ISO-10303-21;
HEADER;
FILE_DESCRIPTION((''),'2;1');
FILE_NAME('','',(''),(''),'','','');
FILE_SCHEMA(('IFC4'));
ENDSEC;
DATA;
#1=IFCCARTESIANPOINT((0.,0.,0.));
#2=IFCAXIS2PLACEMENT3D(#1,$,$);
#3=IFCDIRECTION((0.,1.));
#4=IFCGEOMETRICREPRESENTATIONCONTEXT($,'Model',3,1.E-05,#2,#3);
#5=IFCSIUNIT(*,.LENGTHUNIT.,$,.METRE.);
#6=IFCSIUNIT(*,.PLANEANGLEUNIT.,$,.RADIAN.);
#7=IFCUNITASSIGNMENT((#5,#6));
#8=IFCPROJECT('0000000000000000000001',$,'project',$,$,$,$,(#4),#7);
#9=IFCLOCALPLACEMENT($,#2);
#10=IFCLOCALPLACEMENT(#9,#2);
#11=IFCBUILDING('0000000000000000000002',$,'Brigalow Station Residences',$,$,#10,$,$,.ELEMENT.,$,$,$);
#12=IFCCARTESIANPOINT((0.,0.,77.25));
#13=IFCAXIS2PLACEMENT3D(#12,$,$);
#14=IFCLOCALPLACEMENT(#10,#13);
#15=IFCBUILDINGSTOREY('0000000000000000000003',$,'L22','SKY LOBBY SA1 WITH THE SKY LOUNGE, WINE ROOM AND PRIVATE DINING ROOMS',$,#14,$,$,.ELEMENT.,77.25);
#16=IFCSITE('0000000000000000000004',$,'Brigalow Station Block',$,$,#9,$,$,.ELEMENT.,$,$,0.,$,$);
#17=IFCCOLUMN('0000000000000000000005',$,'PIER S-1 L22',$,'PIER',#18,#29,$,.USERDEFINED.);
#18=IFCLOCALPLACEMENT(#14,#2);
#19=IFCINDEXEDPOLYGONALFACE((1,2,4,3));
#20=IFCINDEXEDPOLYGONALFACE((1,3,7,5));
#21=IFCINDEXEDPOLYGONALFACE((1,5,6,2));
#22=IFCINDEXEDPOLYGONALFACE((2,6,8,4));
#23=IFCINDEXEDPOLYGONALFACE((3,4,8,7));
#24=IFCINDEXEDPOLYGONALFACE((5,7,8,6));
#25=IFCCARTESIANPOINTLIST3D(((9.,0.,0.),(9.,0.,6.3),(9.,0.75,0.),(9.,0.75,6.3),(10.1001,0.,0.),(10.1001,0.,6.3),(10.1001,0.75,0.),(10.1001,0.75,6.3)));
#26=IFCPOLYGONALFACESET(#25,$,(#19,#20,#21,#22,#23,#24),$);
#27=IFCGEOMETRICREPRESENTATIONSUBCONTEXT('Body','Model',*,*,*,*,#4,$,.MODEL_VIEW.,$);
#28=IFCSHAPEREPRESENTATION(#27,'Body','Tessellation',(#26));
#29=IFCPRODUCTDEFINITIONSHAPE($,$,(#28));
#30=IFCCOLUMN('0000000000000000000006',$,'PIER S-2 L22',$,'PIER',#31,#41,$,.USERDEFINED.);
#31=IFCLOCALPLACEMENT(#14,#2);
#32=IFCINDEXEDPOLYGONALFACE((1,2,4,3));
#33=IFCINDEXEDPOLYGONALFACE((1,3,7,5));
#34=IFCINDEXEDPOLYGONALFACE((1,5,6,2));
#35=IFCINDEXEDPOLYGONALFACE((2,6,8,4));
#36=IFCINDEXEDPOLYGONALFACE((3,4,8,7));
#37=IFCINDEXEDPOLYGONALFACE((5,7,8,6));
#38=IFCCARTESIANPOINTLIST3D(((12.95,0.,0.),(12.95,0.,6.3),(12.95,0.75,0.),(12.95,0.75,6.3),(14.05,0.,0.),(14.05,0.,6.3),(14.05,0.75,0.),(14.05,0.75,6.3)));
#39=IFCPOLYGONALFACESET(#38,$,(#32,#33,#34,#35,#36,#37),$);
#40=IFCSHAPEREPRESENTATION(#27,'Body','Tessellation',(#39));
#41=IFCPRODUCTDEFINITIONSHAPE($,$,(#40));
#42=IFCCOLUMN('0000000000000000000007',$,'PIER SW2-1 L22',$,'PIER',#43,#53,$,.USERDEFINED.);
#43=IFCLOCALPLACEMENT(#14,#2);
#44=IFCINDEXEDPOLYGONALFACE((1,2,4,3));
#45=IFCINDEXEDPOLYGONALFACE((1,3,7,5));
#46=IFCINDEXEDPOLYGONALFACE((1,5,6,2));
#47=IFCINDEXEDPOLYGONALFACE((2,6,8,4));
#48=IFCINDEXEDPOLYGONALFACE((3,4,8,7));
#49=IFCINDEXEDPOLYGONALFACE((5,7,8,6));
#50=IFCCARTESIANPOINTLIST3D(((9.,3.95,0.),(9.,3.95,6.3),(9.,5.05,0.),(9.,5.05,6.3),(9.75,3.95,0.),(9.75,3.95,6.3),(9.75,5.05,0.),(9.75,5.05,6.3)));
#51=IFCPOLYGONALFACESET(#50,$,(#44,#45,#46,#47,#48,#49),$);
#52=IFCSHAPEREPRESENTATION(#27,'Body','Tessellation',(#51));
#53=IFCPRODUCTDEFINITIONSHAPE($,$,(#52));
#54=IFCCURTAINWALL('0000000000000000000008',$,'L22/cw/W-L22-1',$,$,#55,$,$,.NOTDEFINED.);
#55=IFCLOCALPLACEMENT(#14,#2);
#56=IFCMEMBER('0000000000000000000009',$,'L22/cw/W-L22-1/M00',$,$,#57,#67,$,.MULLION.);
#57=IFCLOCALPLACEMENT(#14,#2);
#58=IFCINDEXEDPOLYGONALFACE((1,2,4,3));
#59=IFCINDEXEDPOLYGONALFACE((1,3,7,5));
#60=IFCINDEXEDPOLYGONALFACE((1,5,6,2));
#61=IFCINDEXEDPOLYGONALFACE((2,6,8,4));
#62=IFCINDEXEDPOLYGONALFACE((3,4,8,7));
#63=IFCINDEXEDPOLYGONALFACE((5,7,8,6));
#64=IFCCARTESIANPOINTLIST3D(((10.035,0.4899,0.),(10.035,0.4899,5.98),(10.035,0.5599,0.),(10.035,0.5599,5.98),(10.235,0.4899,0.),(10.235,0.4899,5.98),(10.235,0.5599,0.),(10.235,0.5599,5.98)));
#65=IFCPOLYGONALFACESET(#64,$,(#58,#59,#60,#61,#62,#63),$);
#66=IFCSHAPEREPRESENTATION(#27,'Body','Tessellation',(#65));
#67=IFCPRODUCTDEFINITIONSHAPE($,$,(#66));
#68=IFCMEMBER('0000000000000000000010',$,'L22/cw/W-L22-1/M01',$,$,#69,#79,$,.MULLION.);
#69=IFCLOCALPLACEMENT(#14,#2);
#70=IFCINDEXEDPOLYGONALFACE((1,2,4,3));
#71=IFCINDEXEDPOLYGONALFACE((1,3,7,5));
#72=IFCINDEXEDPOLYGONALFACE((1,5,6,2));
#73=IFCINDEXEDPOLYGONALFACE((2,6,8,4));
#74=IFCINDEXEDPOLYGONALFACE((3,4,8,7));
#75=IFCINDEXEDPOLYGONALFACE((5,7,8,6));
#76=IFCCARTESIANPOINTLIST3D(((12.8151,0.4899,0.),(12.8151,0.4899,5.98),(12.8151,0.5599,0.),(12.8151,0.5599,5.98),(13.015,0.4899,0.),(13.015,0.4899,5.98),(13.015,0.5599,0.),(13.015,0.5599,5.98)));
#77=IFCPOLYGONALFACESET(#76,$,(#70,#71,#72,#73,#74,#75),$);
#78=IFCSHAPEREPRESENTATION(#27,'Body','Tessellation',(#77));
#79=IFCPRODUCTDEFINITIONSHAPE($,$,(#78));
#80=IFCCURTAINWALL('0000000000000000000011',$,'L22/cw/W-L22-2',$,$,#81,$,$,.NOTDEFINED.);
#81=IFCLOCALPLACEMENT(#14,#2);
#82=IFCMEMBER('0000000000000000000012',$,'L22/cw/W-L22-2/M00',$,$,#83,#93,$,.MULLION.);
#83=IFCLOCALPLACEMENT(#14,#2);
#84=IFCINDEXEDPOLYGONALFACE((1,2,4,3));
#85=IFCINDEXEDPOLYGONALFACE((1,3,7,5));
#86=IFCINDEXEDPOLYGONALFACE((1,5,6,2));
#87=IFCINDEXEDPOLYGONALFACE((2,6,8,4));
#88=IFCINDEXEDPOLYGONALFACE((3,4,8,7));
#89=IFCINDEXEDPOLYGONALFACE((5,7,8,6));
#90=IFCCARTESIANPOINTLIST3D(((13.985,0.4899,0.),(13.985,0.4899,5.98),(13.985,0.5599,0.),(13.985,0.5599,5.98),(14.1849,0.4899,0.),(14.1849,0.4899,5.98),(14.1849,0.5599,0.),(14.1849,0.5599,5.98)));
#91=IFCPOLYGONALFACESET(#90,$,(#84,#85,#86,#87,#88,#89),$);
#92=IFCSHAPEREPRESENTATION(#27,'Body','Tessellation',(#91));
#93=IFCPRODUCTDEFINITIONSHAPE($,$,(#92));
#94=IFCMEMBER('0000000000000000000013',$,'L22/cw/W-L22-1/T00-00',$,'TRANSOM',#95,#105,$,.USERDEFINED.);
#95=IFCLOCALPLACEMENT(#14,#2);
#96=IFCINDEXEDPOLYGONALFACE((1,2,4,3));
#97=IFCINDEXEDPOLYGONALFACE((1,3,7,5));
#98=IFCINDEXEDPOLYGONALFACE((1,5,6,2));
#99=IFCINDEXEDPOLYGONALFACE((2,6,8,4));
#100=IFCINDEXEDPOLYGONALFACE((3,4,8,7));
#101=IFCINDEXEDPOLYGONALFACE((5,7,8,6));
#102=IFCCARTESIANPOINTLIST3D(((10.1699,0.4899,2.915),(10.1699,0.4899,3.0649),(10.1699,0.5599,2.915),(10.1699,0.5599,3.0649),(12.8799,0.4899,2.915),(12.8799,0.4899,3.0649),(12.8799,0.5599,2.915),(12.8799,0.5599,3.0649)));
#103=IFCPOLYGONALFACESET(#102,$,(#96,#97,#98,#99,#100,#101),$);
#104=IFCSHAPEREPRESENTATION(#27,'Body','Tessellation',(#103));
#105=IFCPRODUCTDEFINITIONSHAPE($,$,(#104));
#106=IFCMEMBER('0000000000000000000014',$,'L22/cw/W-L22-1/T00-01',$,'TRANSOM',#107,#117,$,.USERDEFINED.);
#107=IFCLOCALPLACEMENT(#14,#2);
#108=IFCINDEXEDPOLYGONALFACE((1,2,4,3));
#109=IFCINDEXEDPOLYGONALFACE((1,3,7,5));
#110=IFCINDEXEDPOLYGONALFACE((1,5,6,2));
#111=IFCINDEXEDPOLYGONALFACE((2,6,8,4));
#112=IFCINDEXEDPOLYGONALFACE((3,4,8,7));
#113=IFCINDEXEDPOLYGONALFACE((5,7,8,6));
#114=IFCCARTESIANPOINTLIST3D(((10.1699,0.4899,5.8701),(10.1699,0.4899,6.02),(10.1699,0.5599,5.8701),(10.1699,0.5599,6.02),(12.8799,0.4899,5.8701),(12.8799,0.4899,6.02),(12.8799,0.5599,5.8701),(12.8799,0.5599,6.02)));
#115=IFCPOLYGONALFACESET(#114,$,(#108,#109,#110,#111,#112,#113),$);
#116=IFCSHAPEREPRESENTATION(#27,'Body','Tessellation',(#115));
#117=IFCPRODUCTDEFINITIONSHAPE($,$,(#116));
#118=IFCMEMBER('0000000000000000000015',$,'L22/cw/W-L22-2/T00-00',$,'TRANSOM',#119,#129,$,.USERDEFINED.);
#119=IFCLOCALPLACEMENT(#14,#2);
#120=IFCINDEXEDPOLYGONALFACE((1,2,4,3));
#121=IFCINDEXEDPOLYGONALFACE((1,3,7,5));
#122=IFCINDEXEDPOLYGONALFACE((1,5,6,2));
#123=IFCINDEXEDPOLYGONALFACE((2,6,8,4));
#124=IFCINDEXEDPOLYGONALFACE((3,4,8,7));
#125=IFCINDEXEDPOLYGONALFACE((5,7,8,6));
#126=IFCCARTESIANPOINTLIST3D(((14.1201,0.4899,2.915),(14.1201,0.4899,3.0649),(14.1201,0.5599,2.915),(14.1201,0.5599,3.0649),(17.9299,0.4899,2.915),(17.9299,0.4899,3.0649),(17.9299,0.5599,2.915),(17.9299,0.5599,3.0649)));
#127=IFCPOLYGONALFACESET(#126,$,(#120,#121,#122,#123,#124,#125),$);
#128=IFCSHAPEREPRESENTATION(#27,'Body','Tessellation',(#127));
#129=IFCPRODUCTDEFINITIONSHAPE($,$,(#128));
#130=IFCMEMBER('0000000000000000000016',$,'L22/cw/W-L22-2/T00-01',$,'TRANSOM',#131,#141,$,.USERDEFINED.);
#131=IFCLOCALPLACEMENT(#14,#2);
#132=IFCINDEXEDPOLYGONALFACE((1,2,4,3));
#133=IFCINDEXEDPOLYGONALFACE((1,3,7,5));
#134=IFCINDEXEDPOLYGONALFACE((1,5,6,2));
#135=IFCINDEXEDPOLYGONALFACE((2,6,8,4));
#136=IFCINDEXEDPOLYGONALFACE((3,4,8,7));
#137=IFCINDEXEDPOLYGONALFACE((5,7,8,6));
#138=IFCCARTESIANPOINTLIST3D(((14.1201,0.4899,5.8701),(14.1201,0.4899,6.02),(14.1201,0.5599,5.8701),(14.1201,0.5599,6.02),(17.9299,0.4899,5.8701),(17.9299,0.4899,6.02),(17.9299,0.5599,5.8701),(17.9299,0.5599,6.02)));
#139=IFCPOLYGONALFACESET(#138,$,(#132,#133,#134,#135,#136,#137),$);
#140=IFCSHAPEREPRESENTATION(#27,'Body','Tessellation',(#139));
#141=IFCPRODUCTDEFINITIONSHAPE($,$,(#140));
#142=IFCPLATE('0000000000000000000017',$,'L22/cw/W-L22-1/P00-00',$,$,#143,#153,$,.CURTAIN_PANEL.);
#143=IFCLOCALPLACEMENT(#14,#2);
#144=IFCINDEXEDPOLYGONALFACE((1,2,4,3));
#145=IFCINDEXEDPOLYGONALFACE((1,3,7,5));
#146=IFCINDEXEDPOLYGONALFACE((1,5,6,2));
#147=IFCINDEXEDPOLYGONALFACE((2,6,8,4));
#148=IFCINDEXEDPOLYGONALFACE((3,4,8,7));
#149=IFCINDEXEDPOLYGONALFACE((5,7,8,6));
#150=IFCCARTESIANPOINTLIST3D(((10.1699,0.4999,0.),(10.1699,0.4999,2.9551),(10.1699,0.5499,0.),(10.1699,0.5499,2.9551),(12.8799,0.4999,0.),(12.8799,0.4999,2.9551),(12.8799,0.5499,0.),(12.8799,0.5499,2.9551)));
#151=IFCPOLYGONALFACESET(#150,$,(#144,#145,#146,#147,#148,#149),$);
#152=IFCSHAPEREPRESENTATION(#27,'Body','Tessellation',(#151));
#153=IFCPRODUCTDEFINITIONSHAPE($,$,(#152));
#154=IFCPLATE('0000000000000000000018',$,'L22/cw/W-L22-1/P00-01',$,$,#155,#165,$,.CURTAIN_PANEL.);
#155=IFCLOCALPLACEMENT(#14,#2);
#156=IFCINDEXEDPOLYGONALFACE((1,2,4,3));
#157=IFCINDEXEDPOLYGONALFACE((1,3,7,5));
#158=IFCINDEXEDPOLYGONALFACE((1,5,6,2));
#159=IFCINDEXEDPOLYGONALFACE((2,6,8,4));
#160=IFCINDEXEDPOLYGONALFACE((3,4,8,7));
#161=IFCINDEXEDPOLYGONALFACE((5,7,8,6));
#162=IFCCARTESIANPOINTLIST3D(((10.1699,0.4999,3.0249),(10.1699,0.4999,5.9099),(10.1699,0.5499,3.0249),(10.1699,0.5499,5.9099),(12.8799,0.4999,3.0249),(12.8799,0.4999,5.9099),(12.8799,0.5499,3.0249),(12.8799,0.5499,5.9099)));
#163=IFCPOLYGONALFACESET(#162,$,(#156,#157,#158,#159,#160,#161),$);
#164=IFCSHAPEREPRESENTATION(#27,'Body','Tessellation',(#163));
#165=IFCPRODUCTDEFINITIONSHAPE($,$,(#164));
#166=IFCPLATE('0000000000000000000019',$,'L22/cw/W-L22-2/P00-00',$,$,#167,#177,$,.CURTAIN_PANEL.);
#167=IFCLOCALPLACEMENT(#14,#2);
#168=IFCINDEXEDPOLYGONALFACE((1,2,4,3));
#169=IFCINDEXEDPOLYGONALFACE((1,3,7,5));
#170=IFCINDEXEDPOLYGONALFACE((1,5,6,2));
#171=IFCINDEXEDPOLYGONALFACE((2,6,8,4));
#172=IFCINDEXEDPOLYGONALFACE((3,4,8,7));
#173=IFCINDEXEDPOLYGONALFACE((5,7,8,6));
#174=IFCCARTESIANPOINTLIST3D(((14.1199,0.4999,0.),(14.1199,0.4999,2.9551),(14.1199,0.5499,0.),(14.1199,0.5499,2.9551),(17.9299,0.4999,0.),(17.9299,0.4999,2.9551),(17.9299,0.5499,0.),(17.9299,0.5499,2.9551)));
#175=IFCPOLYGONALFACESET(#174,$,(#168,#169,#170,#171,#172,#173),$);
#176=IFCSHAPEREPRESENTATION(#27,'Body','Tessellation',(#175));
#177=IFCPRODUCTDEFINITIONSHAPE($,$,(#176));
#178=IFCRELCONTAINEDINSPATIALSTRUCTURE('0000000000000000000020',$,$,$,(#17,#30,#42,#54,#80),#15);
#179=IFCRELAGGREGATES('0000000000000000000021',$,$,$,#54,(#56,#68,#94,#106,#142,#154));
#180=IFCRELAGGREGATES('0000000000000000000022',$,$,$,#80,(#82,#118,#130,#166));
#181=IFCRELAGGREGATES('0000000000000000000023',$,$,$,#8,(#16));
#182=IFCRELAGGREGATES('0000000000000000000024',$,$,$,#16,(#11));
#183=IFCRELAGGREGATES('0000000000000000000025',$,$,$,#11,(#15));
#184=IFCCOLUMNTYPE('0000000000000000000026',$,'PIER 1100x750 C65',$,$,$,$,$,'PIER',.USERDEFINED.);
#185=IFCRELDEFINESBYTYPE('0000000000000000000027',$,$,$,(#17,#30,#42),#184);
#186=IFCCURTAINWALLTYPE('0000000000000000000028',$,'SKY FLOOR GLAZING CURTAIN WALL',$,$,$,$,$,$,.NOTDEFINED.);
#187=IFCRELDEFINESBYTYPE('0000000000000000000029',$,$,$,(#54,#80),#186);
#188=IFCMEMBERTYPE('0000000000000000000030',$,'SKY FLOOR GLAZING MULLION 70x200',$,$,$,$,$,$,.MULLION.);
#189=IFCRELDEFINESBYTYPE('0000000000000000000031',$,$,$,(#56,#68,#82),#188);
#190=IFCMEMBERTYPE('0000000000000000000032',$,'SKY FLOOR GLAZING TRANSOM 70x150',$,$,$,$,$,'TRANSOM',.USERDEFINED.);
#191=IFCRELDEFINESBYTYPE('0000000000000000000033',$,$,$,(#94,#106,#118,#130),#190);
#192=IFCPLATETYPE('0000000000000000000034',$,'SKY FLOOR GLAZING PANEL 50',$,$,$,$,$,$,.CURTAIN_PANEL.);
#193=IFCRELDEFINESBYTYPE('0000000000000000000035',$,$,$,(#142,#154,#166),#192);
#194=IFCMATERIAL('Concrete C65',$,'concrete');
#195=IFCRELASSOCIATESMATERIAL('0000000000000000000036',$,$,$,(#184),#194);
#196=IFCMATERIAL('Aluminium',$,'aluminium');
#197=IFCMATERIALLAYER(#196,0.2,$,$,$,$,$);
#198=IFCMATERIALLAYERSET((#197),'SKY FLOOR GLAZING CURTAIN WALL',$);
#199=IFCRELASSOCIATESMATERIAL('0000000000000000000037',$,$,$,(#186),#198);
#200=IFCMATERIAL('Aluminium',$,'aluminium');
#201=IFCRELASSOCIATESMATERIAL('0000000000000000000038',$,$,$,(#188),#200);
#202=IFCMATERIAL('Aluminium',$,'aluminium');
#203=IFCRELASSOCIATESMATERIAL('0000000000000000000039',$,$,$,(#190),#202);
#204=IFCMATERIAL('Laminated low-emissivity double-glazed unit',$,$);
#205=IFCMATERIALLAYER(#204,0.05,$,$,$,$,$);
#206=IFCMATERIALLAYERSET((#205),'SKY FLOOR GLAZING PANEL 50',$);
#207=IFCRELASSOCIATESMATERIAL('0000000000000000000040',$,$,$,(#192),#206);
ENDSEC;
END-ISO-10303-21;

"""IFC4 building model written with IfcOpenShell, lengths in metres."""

from ifc_helpers import new_model, si_unit, direction, frame, origin, origin_2d, place, context, subcontext, project, spatial, rectangle, extrude, material, layer, layer_set, material_profile, profile_set, type_object, element, aggregate, save


model = new_model("IFC4")

# Units and contexts
model_context = context("Model", 3, precision=1e-05, world=origin(), true_north=direction((0.0, 1.0)))
body_context = subcontext(model_context, "Body", "Model", "MODEL_VIEW")
ifc_project = project(units=[si_unit("LENGTHUNIT", "METRE"), si_unit("PLANEANGLEUNIT", "RADIAN")], contexts=[model_context])

# Site, building, storey
site_placement = place(None, origin())
site = spatial("IfcSite", under=ifc_project, at=site_placement, Name="Brigalow Station Block", CompositionType="ELEMENT", RefElevation=0.0)
building_placement = place(site_placement, origin())
building = spatial("IfcBuilding", under=site, at=building_placement, Name="Brigalow Station Residences", CompositionType="ELEMENT")
storey_placement = place(building_placement, frame((0.0, 0.0, 77.25)))
storey = spatial("IfcBuildingStorey", under=building, at=storey_placement, Name="L22", Description="SKY LOBBY SA1 WITH THE SKY LOUNGE, WINE ROOM AND PRIVATE DINING ROOMS", CompositionType="ELEMENT", Elevation=77.25)

# Columns
ifc_material_1 = material(Name="Concrete C65", Category="concrete")
ifc_material_profile_1 = material_profile(ifc_material_1, rectangle(XDim=1.1001, YDim=0.75, at=origin_2d()), Name="RC1100x750")
ifc_profile_set_1 = profile_set([ifc_material_profile_1], Name="Concrete C65")
column_type = type_object("IfcColumnType", Name="PIER 1100x750 C65", ElementType="PIER", PredefinedType="USERDEFINED", material=ifc_profile_set_1)
for number, where, z_axis, x_axis, name in (
    (1, (9.55, 0.375, 0.0), (0.0, 0.0, 1.0), (1.0, 0.0, 0.0), "PIER S-1 L22"),
    (2, (13.5, 0.375, 0.0), (0.0, 0.0, 1.0), (1.0, 0.0, 0.0), "PIER S-2 L22"),
    (3, (9.375, 4.5, 0.0), (0.0, 0.0, 1.0), (0.0, -1.0, 0.0), "PIER SW2-1 L22"),
):
    element("IfcColumn", number, at=place(storey_placement, frame(where, z_axis=z_axis, x_axis=x_axis)), inside=storey, type_object=column_type, Name=name, ObjectType="PIER", PredefinedType="USERDEFINED", context=body_context, shape_type="SweptSolid", body=[
        extrude(rectangle(XDim=1.1001, YDim=0.75, at=origin_2d()), origin(), (0.0, 0.0, 1.0), 6.3),
    ])

# Curtain wall, members
ifc_material_2 = material(Name="Aluminium", Category="aluminium")
ifc_layer_1 = layer(ifc_material_2, 0.2)
ifc_layer_set_1 = layer_set([ifc_layer_1], Name="SKY FLOOR GLAZING CURTAIN WALL")
curtain_wall_type = type_object("IfcCurtainWallType", Name="SKY FLOOR GLAZING CURTAIN WALL", PredefinedType="NOTDEFINED", material=ifc_layer_set_1)
curtain_wall_1_placement = place(storey_placement, origin())
curtain_wall_1 = element("IfcCurtainWall", 4, at=curtain_wall_1_placement, inside=storey, type_object=curtain_wall_type, Name="L22/cw/W-L22-1", PredefinedType="NOTDEFINED")
ifc_material_3 = material(Name="Aluminium", Category="aluminium")
ifc_material_profile_2 = material_profile(ifc_material_3, rectangle(XDim=0.0701, YDim=0.2, at=origin_2d()), Name="SKY FLOOR GLAZING MULLION 70x200")
ifc_profile_set_2 = profile_set([ifc_material_profile_2], Name="Aluminium")
member_type_1 = type_object("IfcMemberType", Name="SKY FLOOR GLAZING MULLION 70x200", PredefinedType="MULLION", material=ifc_profile_set_2)
member_1_placement = place(storey_placement, frame((10.135, 0.5249, 0.0), z_axis=(0.0, 0.0, 1.0), x_axis=(0.0, 1.0, 0.0)))
member_1 = element("IfcMember", 5, at=member_1_placement, type_object=member_type_1, Name="L22/cw/W-L22-1/M00", PredefinedType="MULLION", context=body_context, shape_type="SweptSolid", body=[
    extrude(rectangle(XDim=0.0701, YDim=0.2, at=origin_2d()), origin(), (0.0, 0.0, 1.0), 5.98),
])
member_2_placement = place(storey_placement, frame((12.915, 0.5249, 0.0), z_axis=(0.0, 0.0, 1.0), x_axis=(0.0, 1.0, 0.0)))
member_2 = element("IfcMember", 6, at=member_2_placement, type_object=member_type_1, Name="L22/cw/W-L22-1/M01", PredefinedType="MULLION", context=body_context, shape_type="SweptSolid", body=[
    extrude(rectangle(XDim=0.0701, YDim=0.2, at=origin_2d()), origin(), (0.0, 0.0, 1.0), 5.98),
])

# Curtain wall, member
curtain_wall_2_placement = place(storey_placement, origin())
curtain_wall_2 = element("IfcCurtainWall", 7, at=curtain_wall_2_placement, inside=storey, type_object=curtain_wall_type, Name="L22/cw/W-L22-2", PredefinedType="NOTDEFINED")
member_3_placement = place(storey_placement, frame((14.085, 0.5249, 0.0), z_axis=(0.0, 0.0, 1.0), x_axis=(0.0, 1.0, 0.0)))
member_3 = element("IfcMember", 8, at=member_3_placement, type_object=member_type_1, Name="L22/cw/W-L22-2/M00", PredefinedType="MULLION", context=body_context, shape_type="SweptSolid", body=[
    extrude(rectangle(XDim=0.0701, YDim=0.2, at=origin_2d()), origin(), (0.0, 0.0, 1.0), 5.98),
])

# Members
ifc_material_4 = material(Name="Aluminium", Category="aluminium")
ifc_material_profile_3 = material_profile(ifc_material_4, rectangle(XDim=0.0701, YDim=0.1499, at=origin_2d()), Name="SKY FLOOR GLAZING TRANSOM 70x150")
ifc_profile_set_3 = profile_set([ifc_material_profile_3], Name="Aluminium")
member_type_2 = type_object("IfcMemberType", Name="SKY FLOOR GLAZING TRANSOM 70x150", ElementType="TRANSOM", PredefinedType="USERDEFINED", material=ifc_profile_set_3)
member_4_placement = place(storey_placement, frame((10.1699, 0.5249, 2.99), z_axis=(1.0, 0.0, 0.0), x_axis=(0.0, 1.0, 0.0)))
member_4 = element("IfcMember", 9, at=member_4_placement, type_object=member_type_2, Name="L22/cw/W-L22-1/T00-00", ObjectType="TRANSOM", PredefinedType="USERDEFINED", context=body_context, shape_type="SweptSolid", body=[
    extrude(rectangle(XDim=0.0701, YDim=0.1499, at=origin_2d()), origin(), (0.0, 0.0, 1.0), 2.71),
])
member_5_placement = place(storey_placement, frame((10.1699, 0.5249, 5.9451), z_axis=(1.0, 0.0, 0.0), x_axis=(0.0, 1.0, 0.0)))
member_5 = element("IfcMember", 10, at=member_5_placement, type_object=member_type_2, Name="L22/cw/W-L22-1/T00-01", ObjectType="TRANSOM", PredefinedType="USERDEFINED", context=body_context, shape_type="SweptSolid", body=[
    extrude(rectangle(XDim=0.0701, YDim=0.1499, at=origin_2d()), origin(), (0.0, 0.0, 1.0), 2.71),
])
member_6_placement = place(storey_placement, frame((14.1201, 0.5249, 2.99), z_axis=(1.0, 0.0, 0.0), x_axis=(0.0, 1.0, 0.0)))
member_6 = element("IfcMember", 11, at=member_6_placement, type_object=member_type_2, Name="L22/cw/W-L22-2/T00-00", ObjectType="TRANSOM", PredefinedType="USERDEFINED", context=body_context, shape_type="SweptSolid", body=[
    extrude(rectangle(XDim=0.0701, YDim=0.1499, at=origin_2d()), origin(), (0.0, 0.0, 1.0), 3.8098),
])
member_7_placement = place(storey_placement, frame((14.1201, 0.5249, 5.9451), z_axis=(1.0, 0.0, 0.0), x_axis=(0.0, 1.0, 0.0)))
member_7 = element("IfcMember", 12, at=member_7_placement, type_object=member_type_2, Name="L22/cw/W-L22-2/T00-01", ObjectType="TRANSOM", PredefinedType="USERDEFINED", context=body_context, shape_type="SweptSolid", body=[
    extrude(rectangle(XDim=0.0701, YDim=0.1499, at=origin_2d()), origin(), (0.0, 0.0, 1.0), 3.8098),
])

# Plates
ifc_material_5 = material(Name="Laminated low-emissivity double-glazed unit")
ifc_layer_2 = layer(ifc_material_5, 0.05)
ifc_layer_set_2 = layer_set([ifc_layer_2], Name="SKY FLOOR GLAZING PANEL 50")
plate_type = type_object("IfcPlateType", Name="SKY FLOOR GLAZING PANEL 50", PredefinedType="CURTAIN_PANEL", material=ifc_layer_set_2)
plate_1_placement = place(storey_placement, frame((11.5249, 0.5249, 0.0), z_axis=(0.0, 0.0, 1.0), x_axis=(1.0, 0.0, 0.0)))
plate_1 = element("IfcPlate", 13, at=plate_1_placement, type_object=plate_type, Name="L22/cw/W-L22-1/P00-00", PredefinedType="CURTAIN_PANEL", context=body_context, shape_type="SweptSolid", body=[
    extrude(rectangle(XDim=2.71, YDim=0.05, at=origin_2d()), origin(), (0.0, 0.0, 1.0), 2.9551),
])
plate_2_placement = place(storey_placement, frame((11.5249, 0.5249, 3.0249), z_axis=(0.0, 0.0, 1.0), x_axis=(1.0, 0.0, 0.0)))
plate_2 = element("IfcPlate", 14, at=plate_2_placement, type_object=plate_type, Name="L22/cw/W-L22-1/P00-01", PredefinedType="CURTAIN_PANEL", context=body_context, shape_type="SweptSolid", body=[
    extrude(rectangle(XDim=2.71, YDim=0.05, at=origin_2d()), origin(), (0.0, 0.0, 1.0), 2.885),
])
aggregate(curtain_wall_1, [member_1, member_2, member_4, member_5, plate_1, plate_2])
plate_3_placement = place(storey_placement, frame((16.0249, 0.5249, 0.0), z_axis=(0.0, 0.0, 1.0), x_axis=(1.0, 0.0, 0.0)))
plate_3 = element("IfcPlate", 15, at=plate_3_placement, type_object=plate_type, Name="L22/cw/W-L22-2/P00-00", PredefinedType="CURTAIN_PANEL", context=body_context, shape_type="SweptSolid", body=[
    extrude(rectangle(XDim=3.8101, YDim=0.05, at=origin_2d()), origin(), (0.0, 0.0, 1.0), 2.9551),
])
aggregate(curtain_wall_2, [member_3, member_6, member_7, plate_3])

save(model, "model.ifc")
